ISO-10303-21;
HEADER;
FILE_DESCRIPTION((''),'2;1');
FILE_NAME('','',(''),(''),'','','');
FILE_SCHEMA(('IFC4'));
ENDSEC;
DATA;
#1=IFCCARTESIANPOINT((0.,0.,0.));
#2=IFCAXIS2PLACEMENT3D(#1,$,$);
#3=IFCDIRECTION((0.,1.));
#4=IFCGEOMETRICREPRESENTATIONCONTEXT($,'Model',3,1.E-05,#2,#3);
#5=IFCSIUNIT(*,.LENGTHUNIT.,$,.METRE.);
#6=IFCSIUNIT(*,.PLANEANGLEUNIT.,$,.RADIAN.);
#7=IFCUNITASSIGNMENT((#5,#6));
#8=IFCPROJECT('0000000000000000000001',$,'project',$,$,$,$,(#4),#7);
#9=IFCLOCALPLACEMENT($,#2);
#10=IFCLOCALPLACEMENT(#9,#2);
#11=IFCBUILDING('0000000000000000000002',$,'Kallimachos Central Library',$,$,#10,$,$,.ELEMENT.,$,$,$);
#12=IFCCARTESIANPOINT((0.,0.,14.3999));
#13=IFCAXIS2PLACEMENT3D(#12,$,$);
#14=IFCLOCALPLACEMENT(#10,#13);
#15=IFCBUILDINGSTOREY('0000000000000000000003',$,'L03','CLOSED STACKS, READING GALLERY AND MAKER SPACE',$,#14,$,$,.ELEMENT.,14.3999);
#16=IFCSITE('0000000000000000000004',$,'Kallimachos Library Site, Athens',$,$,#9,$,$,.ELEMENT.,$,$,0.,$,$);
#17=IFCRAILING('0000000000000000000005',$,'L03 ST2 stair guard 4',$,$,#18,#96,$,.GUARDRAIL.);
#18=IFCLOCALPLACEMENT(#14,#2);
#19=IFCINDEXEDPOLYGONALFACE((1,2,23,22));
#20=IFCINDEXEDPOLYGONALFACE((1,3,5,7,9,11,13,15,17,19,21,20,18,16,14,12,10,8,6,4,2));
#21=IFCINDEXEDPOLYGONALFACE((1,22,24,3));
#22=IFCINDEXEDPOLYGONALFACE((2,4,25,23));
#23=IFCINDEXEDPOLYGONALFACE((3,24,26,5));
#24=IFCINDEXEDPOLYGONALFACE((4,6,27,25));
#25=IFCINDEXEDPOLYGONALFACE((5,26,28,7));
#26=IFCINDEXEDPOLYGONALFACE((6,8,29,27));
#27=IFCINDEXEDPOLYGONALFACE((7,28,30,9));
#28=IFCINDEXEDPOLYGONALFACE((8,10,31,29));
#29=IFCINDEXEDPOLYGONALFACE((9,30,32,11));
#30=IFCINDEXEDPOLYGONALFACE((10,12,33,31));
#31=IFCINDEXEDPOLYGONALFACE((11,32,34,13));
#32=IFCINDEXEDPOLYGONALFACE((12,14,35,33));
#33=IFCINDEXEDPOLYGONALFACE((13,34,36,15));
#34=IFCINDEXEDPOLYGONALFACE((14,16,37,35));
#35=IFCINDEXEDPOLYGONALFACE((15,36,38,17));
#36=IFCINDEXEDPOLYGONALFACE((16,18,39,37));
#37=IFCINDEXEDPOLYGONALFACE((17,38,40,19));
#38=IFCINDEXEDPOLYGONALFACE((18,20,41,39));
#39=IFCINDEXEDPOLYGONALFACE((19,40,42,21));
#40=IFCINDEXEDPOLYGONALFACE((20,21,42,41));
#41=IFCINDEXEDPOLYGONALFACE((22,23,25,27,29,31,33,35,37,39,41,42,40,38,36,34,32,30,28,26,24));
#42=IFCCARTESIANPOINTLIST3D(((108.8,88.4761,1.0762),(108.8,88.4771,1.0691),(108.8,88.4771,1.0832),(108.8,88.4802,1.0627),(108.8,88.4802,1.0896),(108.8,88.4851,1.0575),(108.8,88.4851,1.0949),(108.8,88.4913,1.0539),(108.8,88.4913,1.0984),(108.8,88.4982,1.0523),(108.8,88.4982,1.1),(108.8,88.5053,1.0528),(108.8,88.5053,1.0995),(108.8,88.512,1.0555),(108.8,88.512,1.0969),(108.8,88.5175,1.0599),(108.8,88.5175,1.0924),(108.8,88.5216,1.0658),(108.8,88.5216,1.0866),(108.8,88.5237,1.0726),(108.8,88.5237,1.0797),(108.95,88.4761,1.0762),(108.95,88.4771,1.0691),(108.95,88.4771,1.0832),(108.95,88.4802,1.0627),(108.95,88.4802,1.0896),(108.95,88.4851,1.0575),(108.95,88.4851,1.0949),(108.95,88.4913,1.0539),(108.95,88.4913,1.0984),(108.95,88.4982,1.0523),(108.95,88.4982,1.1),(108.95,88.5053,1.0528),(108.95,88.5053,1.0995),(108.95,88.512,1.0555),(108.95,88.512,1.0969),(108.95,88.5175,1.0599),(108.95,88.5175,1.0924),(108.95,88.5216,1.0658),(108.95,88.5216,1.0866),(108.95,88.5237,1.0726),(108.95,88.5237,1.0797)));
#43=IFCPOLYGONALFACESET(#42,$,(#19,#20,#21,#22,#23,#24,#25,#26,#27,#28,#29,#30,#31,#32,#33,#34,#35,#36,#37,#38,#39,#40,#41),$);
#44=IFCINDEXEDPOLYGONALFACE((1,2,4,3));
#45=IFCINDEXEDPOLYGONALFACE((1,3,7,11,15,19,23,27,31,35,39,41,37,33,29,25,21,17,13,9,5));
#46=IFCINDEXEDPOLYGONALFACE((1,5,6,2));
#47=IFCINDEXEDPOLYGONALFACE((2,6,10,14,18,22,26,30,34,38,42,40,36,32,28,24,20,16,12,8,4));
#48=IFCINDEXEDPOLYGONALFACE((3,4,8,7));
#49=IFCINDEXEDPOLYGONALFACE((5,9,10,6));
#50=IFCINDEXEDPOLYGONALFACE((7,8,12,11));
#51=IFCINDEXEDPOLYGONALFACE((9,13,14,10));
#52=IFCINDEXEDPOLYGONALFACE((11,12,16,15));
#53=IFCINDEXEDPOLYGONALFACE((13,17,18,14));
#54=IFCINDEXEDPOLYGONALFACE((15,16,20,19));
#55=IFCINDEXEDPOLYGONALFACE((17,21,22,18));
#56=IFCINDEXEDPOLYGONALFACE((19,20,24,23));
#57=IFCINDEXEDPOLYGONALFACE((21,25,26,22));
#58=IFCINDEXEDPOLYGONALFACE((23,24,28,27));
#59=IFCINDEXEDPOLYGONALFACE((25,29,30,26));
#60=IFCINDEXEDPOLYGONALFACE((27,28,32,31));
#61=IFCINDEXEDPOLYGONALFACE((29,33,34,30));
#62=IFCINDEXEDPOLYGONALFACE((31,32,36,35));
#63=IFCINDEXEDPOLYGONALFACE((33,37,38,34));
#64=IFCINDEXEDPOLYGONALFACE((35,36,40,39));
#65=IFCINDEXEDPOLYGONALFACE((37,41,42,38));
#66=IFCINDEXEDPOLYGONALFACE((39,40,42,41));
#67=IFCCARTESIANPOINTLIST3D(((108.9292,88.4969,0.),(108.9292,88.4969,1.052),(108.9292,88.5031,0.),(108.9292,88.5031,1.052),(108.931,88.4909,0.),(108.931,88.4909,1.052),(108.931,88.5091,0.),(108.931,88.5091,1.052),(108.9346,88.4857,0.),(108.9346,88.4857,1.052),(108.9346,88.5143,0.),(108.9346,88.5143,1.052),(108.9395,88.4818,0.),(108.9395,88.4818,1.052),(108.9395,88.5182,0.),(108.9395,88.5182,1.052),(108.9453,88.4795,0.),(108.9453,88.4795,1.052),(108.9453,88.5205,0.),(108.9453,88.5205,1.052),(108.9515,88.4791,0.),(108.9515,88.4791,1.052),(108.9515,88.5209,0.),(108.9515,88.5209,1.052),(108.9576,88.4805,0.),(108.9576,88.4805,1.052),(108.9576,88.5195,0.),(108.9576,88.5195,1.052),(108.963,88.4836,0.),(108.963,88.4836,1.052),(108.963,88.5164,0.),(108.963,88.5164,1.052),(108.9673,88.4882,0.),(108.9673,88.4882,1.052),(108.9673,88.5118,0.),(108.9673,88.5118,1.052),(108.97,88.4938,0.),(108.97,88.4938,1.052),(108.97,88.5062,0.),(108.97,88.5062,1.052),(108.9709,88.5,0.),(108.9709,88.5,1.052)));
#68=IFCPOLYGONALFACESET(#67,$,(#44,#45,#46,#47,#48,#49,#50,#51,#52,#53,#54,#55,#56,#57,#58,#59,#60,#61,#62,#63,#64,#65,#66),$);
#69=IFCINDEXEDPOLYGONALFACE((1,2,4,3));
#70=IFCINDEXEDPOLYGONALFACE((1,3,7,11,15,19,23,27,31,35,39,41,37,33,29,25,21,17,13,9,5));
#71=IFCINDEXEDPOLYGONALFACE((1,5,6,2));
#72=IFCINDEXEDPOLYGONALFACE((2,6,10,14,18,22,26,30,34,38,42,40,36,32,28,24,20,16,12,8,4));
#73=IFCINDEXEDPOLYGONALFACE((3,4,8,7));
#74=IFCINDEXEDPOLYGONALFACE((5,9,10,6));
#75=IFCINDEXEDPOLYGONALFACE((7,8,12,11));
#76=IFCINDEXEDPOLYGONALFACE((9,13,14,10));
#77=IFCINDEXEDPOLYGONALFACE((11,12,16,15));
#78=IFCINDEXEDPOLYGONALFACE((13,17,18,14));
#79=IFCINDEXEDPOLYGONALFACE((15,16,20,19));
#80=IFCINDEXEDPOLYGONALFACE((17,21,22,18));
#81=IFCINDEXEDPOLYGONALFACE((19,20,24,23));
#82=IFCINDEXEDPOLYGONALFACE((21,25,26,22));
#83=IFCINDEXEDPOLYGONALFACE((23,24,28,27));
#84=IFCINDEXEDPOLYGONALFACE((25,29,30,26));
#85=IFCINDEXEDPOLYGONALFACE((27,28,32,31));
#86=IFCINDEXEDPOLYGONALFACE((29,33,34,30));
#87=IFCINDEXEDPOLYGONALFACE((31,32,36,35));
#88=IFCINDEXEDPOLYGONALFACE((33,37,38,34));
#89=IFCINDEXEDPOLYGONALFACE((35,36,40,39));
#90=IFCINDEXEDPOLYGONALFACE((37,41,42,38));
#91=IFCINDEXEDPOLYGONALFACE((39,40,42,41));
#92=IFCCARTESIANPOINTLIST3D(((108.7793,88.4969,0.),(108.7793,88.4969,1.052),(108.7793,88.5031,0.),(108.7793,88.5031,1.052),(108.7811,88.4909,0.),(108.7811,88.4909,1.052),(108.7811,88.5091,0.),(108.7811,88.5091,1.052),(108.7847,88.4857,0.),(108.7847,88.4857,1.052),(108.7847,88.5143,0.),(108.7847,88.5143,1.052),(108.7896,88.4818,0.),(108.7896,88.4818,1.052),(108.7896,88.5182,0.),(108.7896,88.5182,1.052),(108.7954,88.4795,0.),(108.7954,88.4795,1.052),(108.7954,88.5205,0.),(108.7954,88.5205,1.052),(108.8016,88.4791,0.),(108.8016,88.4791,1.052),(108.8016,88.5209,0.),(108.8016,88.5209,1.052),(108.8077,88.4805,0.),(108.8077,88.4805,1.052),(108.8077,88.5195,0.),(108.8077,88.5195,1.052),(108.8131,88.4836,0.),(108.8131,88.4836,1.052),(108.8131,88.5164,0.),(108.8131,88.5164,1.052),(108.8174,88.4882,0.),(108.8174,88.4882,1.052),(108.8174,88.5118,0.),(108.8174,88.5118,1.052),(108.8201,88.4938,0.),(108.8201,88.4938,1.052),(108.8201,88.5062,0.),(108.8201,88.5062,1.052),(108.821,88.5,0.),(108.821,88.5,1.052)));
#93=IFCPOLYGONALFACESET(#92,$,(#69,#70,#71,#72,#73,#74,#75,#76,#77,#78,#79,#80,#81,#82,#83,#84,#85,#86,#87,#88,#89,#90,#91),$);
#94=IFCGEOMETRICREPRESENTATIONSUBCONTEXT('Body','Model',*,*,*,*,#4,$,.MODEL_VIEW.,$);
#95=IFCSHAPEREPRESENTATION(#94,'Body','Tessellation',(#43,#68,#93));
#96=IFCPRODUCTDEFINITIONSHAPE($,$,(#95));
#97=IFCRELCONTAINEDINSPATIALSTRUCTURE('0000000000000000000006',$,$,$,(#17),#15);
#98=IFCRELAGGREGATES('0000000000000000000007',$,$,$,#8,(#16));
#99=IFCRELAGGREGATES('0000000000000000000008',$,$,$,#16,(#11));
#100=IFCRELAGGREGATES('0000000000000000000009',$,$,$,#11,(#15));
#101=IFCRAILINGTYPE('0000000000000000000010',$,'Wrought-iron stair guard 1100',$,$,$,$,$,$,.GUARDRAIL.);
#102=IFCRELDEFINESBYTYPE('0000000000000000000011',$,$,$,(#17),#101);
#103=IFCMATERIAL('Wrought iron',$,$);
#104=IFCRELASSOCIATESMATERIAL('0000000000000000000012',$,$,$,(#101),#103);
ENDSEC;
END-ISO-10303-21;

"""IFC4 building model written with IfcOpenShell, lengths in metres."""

from ifc_helpers import new_model, si_unit, direction, frame, origin, origin_2d, place, context, subcontext, project, spatial, circle, extrude, material, type_object, element, save


model = new_model("IFC4")

# Units and contexts
model_context = context("Model", 3, precision=1e-05, world=origin(), true_north=direction((0.0, 1.0)))
body_context = subcontext(model_context, "Body", "Model", "MODEL_VIEW")
ifc_project = project(units=[si_unit("LENGTHUNIT", "METRE"), si_unit("PLANEANGLEUNIT", "RADIAN")], contexts=[model_context])

# Site, building, storey
site_placement = place(None, origin())
site = spatial("IfcSite", under=ifc_project, at=site_placement, Name="Kallimachos Library Site, Athens", CompositionType="ELEMENT", RefElevation=0.0)
building_placement = place(site_placement, origin())
building = spatial("IfcBuilding", under=site, at=building_placement, Name="Kallimachos Central Library", CompositionType="ELEMENT")
storey_placement = place(building_placement, frame((0.0, 0.0, 14.3999)))
storey = spatial("IfcBuildingStorey", under=building, at=storey_placement, Name="L03", Description="CLOSED STACKS, READING GALLERY AND MAKER SPACE", CompositionType="ELEMENT", Elevation=14.3999)

# Railing
ifc_material_1 = material(Name="Wrought iron")
railing_type_1 = type_object("IfcRailingType", Name="Wrought-iron stair guard 1100", PredefinedType="GUARDRAIL", material=ifc_material_1)
railing_1_placement = place(storey_placement, frame((108.95, 88.5, 0.0)))
element("IfcRailing", 1, at=railing_1_placement, inside=storey, type_object=railing_type_1, Name="L03 ST2 stair guard 4", PredefinedType="GUARDRAIL", context=body_context, shape_type="SweptSolid", body=[
    extrude(circle(Radius=0.0239, at=origin_2d()), frame((0.0, 0.0, 1.0762), z_axis=(-1.0, 0.0, 0.0), x_axis=(0.0, -1.0, 0.0)), (0.0, 0.0, 1.0), 0.1499),
    extrude(circle(Radius=0.021, at=origin_2d()), origin(), (0.0, 0.0, 1.0), 1.052),
    extrude(circle(Radius=0.021, at=origin_2d()), frame((-0.1499, 0.0, 0.0)), (0.0, 0.0, 1.0), 1.052),
])

save(model, "model.ifc")
